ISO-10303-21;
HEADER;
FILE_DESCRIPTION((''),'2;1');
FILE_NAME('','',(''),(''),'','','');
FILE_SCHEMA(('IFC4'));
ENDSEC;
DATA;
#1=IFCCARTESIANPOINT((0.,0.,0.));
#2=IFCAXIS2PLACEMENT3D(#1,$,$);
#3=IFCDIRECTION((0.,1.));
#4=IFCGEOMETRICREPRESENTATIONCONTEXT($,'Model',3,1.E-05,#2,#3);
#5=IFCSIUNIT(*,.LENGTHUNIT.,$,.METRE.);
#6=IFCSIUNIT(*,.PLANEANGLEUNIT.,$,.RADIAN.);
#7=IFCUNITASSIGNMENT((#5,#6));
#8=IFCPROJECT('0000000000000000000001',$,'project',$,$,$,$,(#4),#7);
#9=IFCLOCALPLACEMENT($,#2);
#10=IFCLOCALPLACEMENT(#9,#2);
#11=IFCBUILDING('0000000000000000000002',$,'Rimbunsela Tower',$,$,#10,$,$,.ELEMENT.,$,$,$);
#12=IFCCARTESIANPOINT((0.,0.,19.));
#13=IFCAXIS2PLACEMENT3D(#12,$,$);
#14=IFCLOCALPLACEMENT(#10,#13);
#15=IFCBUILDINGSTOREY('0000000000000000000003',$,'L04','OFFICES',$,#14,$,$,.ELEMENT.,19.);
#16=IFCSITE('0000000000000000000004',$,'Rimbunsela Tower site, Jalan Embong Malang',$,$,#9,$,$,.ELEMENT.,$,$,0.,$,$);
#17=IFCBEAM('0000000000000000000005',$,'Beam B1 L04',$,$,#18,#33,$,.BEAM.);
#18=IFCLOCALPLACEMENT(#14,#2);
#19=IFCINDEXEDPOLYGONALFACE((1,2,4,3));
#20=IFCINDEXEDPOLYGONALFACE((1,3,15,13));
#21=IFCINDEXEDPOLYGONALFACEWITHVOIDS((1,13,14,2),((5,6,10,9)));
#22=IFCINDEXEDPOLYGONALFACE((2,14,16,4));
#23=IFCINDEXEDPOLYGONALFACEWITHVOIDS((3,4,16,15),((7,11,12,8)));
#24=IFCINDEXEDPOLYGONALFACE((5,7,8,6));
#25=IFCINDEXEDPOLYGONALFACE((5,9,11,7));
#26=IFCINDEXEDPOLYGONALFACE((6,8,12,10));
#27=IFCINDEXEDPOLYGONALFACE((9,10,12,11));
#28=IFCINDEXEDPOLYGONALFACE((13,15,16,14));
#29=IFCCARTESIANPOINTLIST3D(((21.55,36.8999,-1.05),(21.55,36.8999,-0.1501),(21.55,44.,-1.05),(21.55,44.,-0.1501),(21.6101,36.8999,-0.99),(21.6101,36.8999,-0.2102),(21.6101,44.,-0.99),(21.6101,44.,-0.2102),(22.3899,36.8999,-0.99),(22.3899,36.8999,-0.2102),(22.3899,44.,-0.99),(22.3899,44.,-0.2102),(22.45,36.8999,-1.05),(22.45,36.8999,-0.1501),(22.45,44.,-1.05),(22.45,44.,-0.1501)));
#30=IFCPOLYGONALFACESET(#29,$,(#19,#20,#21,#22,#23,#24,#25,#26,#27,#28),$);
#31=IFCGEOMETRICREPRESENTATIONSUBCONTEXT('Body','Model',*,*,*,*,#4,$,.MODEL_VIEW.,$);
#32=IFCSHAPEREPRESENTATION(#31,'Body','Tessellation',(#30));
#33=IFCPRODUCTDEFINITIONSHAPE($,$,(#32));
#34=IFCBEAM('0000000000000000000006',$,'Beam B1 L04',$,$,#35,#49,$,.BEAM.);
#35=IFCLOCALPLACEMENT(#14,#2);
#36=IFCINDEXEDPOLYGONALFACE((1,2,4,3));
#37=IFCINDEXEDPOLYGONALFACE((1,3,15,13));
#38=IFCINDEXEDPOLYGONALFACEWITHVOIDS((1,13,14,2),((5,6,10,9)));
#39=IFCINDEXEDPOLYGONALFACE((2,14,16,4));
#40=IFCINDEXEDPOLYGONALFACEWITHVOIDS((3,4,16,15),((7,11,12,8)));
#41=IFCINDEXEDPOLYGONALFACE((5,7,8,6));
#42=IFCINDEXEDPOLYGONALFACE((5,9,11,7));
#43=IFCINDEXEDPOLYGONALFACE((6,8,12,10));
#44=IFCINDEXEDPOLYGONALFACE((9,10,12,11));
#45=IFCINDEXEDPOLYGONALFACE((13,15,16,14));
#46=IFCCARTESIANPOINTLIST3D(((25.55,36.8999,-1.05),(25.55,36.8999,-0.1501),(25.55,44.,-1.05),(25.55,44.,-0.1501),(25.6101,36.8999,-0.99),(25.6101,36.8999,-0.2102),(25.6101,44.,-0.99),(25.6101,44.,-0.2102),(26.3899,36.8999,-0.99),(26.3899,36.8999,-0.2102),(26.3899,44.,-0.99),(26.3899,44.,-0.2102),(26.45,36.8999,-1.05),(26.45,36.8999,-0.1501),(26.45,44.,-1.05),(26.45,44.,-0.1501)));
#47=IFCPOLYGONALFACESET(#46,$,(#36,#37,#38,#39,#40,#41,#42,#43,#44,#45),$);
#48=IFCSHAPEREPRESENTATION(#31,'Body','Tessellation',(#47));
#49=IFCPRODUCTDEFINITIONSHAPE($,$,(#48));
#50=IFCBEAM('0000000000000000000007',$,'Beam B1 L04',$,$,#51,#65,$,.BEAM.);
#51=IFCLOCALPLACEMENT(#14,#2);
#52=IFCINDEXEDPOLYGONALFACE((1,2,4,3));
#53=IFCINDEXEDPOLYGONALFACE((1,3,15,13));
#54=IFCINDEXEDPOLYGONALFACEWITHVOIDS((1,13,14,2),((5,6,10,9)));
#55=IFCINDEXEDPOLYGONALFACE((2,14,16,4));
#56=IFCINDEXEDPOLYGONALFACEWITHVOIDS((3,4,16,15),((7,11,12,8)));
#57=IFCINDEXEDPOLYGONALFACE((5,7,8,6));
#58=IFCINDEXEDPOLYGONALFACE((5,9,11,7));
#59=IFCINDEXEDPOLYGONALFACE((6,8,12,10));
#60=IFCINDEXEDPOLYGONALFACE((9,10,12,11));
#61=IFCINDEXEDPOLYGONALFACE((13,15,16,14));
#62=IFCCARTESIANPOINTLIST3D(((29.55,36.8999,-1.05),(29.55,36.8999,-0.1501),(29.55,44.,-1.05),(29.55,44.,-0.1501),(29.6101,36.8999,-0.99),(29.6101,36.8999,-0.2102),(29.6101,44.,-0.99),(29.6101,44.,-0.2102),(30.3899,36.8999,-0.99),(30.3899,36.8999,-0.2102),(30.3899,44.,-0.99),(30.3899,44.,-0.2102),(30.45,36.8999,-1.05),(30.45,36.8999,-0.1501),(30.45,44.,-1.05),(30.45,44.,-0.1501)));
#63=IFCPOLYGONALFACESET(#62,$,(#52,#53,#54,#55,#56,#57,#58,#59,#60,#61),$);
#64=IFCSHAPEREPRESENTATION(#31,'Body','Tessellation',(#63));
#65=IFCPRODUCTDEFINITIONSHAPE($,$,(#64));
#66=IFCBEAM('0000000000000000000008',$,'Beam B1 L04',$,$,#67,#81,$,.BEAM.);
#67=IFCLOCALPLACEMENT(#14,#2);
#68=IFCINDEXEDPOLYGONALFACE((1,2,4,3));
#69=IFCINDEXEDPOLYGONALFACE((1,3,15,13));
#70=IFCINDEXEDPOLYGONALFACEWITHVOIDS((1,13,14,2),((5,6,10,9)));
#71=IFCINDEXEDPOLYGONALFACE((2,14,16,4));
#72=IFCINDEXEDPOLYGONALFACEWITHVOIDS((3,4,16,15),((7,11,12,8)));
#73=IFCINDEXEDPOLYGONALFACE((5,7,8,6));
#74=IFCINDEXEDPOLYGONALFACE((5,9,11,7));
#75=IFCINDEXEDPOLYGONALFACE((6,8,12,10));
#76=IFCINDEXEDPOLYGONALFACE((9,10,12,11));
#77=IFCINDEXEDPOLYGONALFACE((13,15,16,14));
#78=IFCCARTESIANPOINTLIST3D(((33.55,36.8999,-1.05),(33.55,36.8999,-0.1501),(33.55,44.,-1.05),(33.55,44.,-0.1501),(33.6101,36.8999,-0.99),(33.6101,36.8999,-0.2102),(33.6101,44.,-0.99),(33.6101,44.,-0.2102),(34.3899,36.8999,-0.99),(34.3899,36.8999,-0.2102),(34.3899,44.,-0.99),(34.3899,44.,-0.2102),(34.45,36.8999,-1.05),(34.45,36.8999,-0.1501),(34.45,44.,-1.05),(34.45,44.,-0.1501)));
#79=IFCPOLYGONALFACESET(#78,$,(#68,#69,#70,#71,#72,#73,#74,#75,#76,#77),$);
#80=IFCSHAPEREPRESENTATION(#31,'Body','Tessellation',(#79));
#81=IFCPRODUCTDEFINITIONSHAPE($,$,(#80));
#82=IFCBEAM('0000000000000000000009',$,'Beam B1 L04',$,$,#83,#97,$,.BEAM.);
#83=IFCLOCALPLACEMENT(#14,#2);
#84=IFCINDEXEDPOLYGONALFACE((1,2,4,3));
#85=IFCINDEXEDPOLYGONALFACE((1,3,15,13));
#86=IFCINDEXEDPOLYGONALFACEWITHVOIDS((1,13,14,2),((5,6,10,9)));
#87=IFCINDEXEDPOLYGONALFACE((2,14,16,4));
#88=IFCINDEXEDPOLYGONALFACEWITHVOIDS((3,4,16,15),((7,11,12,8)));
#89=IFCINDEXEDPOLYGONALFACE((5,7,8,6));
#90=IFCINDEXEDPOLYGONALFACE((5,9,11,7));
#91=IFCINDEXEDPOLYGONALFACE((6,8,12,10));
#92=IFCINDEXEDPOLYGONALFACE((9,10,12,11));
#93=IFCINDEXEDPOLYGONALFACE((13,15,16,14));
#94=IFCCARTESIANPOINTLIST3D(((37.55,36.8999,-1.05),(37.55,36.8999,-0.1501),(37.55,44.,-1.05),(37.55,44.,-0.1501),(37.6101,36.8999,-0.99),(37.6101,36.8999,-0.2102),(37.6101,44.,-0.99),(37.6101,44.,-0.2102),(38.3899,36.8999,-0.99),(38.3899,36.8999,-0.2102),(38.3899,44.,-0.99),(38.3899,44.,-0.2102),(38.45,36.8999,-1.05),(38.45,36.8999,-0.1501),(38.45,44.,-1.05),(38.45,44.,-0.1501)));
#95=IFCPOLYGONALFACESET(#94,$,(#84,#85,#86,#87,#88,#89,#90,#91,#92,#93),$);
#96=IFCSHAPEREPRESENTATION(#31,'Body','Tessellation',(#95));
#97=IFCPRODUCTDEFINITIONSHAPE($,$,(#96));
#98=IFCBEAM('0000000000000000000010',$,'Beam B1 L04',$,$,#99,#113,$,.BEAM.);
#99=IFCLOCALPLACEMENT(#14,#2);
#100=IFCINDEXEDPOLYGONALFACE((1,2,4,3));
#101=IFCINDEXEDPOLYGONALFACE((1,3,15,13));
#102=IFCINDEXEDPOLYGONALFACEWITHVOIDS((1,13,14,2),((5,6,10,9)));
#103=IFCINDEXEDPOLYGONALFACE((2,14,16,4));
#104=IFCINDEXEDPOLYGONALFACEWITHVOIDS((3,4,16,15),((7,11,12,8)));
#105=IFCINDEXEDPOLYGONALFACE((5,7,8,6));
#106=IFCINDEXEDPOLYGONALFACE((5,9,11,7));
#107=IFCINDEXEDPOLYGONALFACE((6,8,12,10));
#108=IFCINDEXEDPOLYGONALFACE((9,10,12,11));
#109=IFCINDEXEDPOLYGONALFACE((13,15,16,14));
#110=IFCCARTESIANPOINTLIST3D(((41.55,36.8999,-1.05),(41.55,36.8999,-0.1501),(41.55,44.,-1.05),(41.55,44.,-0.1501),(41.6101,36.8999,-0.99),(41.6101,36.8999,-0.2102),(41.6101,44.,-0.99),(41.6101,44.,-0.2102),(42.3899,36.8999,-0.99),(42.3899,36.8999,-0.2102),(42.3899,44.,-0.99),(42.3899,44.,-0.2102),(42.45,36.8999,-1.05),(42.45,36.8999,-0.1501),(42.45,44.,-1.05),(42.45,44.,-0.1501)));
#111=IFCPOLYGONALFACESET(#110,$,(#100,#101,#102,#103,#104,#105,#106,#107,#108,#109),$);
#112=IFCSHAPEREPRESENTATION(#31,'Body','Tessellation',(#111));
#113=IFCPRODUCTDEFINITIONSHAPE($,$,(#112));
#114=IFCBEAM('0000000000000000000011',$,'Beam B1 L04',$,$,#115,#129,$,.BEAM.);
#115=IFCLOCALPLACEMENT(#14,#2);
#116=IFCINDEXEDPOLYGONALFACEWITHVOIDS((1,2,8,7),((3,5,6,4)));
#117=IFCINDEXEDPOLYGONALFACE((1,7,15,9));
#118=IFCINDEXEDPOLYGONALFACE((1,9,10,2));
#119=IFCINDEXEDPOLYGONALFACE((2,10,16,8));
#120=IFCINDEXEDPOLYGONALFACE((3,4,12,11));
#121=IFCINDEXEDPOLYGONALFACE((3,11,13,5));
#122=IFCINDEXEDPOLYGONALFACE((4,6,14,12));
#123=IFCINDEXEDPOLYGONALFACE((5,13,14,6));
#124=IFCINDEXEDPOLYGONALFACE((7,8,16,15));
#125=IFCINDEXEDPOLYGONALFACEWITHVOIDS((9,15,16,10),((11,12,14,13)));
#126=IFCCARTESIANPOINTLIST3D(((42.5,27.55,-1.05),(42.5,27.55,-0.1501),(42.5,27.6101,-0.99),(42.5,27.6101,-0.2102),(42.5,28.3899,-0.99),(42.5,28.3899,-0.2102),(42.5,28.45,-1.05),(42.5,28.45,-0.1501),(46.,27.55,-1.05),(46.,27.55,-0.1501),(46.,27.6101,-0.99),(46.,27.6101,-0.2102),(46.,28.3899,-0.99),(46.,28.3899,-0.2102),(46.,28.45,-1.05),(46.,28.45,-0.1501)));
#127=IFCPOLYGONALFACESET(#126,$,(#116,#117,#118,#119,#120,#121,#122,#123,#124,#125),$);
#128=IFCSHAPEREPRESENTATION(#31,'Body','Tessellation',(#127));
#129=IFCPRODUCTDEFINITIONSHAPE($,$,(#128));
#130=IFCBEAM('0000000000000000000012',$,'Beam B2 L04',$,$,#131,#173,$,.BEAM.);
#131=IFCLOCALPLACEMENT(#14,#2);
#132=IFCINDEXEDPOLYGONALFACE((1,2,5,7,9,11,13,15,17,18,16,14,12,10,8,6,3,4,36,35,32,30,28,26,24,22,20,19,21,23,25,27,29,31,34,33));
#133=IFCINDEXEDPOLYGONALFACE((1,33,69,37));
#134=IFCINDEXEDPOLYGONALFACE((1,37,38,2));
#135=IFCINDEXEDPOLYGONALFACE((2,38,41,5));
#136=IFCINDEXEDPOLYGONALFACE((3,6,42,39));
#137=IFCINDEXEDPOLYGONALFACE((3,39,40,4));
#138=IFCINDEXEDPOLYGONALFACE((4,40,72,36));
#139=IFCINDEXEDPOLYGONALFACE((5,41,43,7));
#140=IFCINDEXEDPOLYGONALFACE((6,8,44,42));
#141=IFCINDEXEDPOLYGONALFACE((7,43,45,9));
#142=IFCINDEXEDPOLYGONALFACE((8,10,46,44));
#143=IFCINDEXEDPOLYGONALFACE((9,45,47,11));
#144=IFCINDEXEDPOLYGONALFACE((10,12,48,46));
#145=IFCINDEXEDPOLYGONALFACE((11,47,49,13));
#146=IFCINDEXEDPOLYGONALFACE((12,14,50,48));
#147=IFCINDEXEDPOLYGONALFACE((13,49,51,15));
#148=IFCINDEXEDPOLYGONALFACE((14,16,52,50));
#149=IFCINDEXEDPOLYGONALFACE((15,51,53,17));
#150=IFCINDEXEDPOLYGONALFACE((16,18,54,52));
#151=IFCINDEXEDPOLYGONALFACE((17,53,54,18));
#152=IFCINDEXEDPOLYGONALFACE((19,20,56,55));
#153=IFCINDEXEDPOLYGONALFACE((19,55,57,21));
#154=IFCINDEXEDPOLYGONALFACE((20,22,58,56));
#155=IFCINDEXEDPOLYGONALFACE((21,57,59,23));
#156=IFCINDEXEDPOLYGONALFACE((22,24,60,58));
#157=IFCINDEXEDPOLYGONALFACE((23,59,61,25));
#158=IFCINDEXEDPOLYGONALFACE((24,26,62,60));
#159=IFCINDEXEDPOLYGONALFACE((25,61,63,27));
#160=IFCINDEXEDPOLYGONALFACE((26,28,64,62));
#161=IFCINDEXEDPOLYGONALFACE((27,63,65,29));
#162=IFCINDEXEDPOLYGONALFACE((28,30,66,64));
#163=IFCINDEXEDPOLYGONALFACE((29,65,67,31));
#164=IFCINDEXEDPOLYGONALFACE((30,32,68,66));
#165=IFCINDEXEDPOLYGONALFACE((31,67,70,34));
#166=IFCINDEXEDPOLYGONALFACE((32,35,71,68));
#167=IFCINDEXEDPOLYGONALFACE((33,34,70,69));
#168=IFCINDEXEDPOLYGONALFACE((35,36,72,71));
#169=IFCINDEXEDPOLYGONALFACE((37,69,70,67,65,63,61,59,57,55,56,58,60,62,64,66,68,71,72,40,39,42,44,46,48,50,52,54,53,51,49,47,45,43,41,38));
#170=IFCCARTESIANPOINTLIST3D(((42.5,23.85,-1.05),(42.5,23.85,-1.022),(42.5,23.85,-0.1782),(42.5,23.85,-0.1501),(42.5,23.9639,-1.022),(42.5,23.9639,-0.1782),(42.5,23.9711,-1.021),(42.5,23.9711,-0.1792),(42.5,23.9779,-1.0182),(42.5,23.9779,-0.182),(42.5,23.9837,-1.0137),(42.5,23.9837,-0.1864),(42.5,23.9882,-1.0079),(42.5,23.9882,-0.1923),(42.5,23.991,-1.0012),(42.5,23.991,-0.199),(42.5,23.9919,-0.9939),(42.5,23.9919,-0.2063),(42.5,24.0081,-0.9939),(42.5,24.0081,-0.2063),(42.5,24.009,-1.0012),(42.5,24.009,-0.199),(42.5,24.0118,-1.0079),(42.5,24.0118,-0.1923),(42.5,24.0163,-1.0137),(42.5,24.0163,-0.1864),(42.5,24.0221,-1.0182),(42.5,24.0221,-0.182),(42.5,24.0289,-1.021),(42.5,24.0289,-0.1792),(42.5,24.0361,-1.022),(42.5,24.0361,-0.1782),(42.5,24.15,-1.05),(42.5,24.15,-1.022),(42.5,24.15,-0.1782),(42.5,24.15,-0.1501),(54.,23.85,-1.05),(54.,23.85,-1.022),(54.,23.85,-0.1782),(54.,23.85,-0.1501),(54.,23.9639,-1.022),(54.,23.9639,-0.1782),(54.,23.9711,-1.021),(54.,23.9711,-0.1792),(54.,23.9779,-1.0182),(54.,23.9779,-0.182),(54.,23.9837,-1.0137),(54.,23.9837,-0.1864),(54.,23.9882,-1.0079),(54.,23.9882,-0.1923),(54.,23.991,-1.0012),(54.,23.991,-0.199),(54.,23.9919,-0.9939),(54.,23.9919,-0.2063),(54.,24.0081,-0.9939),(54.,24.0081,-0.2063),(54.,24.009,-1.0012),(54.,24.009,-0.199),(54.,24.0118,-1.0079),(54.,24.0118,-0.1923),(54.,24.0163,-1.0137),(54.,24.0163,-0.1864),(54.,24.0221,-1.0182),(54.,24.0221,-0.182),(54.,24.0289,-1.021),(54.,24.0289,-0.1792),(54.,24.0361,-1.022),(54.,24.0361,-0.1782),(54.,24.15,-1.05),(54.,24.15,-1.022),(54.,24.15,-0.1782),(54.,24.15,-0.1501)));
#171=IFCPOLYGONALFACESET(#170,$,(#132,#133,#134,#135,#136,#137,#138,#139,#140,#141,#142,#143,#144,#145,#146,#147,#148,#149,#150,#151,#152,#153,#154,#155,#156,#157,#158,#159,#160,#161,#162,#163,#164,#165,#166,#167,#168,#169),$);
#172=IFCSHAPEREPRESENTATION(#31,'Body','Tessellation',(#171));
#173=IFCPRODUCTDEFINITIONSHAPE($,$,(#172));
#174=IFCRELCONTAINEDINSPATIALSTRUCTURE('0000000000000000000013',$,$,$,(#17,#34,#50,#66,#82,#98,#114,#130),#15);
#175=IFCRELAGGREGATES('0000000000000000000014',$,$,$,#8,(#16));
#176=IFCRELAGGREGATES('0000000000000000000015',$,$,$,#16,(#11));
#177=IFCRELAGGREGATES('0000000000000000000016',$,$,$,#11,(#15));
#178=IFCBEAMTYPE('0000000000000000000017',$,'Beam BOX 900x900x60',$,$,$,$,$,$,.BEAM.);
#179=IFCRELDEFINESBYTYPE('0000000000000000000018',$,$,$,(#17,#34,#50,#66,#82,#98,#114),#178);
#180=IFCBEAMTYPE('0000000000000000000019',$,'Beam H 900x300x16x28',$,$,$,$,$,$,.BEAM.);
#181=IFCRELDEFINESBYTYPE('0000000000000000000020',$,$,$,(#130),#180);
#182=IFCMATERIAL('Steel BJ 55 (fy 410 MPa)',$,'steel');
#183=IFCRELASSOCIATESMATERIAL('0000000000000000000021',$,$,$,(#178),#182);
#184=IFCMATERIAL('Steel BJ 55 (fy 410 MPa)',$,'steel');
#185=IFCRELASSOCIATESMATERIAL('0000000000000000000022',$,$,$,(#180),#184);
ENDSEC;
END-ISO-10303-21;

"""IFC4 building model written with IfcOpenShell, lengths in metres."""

from ifc_helpers import new_model, si_unit, direction, frame, origin, origin_2d, place, context, subcontext, project, spatial, hollow_rectangle, i_section, extrude, material, material_profile, profile_set, type_object, element, save


model = new_model("IFC4")

# Units and contexts
model_context = context("Model", 3, precision=1e-05, world=origin(), true_north=direction((0.0, 1.0)))
body_context = subcontext(model_context, "Body", "Model", "MODEL_VIEW")
ifc_project = project(units=[si_unit("LENGTHUNIT", "METRE"), si_unit("PLANEANGLEUNIT", "RADIAN")], contexts=[model_context])

# Site, building, storey
site_placement = place(None, origin())
site = spatial("IfcSite", under=ifc_project, at=site_placement, Name="Rimbunsela Tower site, Jalan Embong Malang", CompositionType="ELEMENT", RefElevation=0.0)
building_placement = place(site_placement, origin())
building = spatial("IfcBuilding", under=site, at=building_placement, Name="Rimbunsela Tower", CompositionType="ELEMENT")
storey_placement = place(building_placement, frame((0.0, 0.0, 19.0)))
storey = spatial("IfcBuildingStorey", under=building, at=storey_placement, Name="L04", Description="OFFICES", CompositionType="ELEMENT", Elevation=19.0)

# Beams
ifc_material_1 = material(Name="Steel BJ 55 (fy 410 MPa)", Category="steel")
ifc_material_profile_1 = material_profile(ifc_material_1, hollow_rectangle(XDim=0.8999, YDim=0.8999, WallThickness=0.0601, at=origin_2d()), Name="BOX 900x900x60")
ifc_profile_set_1 = profile_set([ifc_material_profile_1], Name="Steel BJ 55 (fy 410 MPa)")
beam_type_1 = type_object("IfcBeamType", Name="Beam BOX 900x900x60", PredefinedType="BEAM", material=ifc_profile_set_1)
for number, where, z_axis, x_axis, name in (
    (1, (22.0, 36.8999, -0.6001), (0.0, 1.0, 0.0), (-1.0, 0.0, 0.0), "Beam B1 L04"),
    (2, (26.0, 36.8999, -0.6001), (0.0, 1.0, 0.0), (-1.0, 0.0, 0.0), "Beam B1 L04"),
    (3, (30.0, 36.8999, -0.6001), (0.0, 1.0, 0.0), (-1.0, 0.0, 0.0), "Beam B1 L04"),
    (4, (34.0, 36.8999, -0.6001), (0.0, 1.0, 0.0), (-1.0, 0.0, 0.0), "Beam B1 L04"),
    (5, (38.0, 36.8999, -0.6001), (0.0, 1.0, 0.0), (-1.0, 0.0, 0.0), "Beam B1 L04"),
    (6, (42.0, 36.8999, -0.6001), (0.0, 1.0, 0.0), (-1.0, 0.0, 0.0), "Beam B1 L04"),
):
    element("IfcBeam", number, at=place(storey_placement, frame(where, z_axis=z_axis, x_axis=x_axis)), inside=storey, type_object=beam_type_1, Name=name, PredefinedType="BEAM", context=body_context, shape_type="SweptSolid", body=[
        extrude(hollow_rectangle(XDim=0.8999, YDim=0.8999, WallThickness=0.0601, at=origin_2d()), origin(), (0.0, 0.0, 1.0), 7.1001),
    ])
beam_1_placement = place(storey_placement, frame((42.5, 28.0, -0.6001), z_axis=(1.0, 0.0, 0.0), x_axis=(0.0, 1.0, 0.0)))
element("IfcBeam", 7, at=beam_1_placement, inside=storey, type_object=beam_type_1, Name="Beam B1 L04", PredefinedType="BEAM", context=body_context, shape_type="SweptSolid", body=[
    extrude(hollow_rectangle(XDim=0.8999, YDim=0.8999, WallThickness=0.0601, at=origin_2d()), origin(), (0.0, 0.0, 1.0), 3.5),
])
ifc_material_2 = material(Name="Steel BJ 55 (fy 410 MPa)", Category="steel")
ifc_material_profile_2 = material_profile(ifc_material_2, i_section(OverallWidth=0.3, OverallDepth=0.8999, WebThickness=0.0161, FlangeThickness=0.0281, FilletRadius=0.0281, at=origin_2d()), Name="H 900x300x16x28")
ifc_profile_set_2 = profile_set([ifc_material_profile_2], Name="Steel BJ 55 (fy 410 MPa)")
beam_type_2 = type_object("IfcBeamType", Name="Beam H 900x300x16x28", PredefinedType="BEAM", material=ifc_profile_set_2)
beam_2_placement = place(storey_placement, frame((42.5, 24.0, -0.6001), z_axis=(1.0, 0.0, 0.0), x_axis=(0.0, 1.0, 0.0)))
element("IfcBeam", 8, at=beam_2_placement, inside=storey, type_object=beam_type_2, Name="Beam B2 L04", PredefinedType="BEAM", context=body_context, shape_type="SweptSolid", body=[
    extrude(i_section(OverallWidth=0.3, OverallDepth=0.8999, WebThickness=0.0161, FlangeThickness=0.0281, FilletRadius=0.0281, at=origin_2d()), origin(), (0.0, 0.0, 1.0), 11.5),
])

save(model, "model.ifc")
